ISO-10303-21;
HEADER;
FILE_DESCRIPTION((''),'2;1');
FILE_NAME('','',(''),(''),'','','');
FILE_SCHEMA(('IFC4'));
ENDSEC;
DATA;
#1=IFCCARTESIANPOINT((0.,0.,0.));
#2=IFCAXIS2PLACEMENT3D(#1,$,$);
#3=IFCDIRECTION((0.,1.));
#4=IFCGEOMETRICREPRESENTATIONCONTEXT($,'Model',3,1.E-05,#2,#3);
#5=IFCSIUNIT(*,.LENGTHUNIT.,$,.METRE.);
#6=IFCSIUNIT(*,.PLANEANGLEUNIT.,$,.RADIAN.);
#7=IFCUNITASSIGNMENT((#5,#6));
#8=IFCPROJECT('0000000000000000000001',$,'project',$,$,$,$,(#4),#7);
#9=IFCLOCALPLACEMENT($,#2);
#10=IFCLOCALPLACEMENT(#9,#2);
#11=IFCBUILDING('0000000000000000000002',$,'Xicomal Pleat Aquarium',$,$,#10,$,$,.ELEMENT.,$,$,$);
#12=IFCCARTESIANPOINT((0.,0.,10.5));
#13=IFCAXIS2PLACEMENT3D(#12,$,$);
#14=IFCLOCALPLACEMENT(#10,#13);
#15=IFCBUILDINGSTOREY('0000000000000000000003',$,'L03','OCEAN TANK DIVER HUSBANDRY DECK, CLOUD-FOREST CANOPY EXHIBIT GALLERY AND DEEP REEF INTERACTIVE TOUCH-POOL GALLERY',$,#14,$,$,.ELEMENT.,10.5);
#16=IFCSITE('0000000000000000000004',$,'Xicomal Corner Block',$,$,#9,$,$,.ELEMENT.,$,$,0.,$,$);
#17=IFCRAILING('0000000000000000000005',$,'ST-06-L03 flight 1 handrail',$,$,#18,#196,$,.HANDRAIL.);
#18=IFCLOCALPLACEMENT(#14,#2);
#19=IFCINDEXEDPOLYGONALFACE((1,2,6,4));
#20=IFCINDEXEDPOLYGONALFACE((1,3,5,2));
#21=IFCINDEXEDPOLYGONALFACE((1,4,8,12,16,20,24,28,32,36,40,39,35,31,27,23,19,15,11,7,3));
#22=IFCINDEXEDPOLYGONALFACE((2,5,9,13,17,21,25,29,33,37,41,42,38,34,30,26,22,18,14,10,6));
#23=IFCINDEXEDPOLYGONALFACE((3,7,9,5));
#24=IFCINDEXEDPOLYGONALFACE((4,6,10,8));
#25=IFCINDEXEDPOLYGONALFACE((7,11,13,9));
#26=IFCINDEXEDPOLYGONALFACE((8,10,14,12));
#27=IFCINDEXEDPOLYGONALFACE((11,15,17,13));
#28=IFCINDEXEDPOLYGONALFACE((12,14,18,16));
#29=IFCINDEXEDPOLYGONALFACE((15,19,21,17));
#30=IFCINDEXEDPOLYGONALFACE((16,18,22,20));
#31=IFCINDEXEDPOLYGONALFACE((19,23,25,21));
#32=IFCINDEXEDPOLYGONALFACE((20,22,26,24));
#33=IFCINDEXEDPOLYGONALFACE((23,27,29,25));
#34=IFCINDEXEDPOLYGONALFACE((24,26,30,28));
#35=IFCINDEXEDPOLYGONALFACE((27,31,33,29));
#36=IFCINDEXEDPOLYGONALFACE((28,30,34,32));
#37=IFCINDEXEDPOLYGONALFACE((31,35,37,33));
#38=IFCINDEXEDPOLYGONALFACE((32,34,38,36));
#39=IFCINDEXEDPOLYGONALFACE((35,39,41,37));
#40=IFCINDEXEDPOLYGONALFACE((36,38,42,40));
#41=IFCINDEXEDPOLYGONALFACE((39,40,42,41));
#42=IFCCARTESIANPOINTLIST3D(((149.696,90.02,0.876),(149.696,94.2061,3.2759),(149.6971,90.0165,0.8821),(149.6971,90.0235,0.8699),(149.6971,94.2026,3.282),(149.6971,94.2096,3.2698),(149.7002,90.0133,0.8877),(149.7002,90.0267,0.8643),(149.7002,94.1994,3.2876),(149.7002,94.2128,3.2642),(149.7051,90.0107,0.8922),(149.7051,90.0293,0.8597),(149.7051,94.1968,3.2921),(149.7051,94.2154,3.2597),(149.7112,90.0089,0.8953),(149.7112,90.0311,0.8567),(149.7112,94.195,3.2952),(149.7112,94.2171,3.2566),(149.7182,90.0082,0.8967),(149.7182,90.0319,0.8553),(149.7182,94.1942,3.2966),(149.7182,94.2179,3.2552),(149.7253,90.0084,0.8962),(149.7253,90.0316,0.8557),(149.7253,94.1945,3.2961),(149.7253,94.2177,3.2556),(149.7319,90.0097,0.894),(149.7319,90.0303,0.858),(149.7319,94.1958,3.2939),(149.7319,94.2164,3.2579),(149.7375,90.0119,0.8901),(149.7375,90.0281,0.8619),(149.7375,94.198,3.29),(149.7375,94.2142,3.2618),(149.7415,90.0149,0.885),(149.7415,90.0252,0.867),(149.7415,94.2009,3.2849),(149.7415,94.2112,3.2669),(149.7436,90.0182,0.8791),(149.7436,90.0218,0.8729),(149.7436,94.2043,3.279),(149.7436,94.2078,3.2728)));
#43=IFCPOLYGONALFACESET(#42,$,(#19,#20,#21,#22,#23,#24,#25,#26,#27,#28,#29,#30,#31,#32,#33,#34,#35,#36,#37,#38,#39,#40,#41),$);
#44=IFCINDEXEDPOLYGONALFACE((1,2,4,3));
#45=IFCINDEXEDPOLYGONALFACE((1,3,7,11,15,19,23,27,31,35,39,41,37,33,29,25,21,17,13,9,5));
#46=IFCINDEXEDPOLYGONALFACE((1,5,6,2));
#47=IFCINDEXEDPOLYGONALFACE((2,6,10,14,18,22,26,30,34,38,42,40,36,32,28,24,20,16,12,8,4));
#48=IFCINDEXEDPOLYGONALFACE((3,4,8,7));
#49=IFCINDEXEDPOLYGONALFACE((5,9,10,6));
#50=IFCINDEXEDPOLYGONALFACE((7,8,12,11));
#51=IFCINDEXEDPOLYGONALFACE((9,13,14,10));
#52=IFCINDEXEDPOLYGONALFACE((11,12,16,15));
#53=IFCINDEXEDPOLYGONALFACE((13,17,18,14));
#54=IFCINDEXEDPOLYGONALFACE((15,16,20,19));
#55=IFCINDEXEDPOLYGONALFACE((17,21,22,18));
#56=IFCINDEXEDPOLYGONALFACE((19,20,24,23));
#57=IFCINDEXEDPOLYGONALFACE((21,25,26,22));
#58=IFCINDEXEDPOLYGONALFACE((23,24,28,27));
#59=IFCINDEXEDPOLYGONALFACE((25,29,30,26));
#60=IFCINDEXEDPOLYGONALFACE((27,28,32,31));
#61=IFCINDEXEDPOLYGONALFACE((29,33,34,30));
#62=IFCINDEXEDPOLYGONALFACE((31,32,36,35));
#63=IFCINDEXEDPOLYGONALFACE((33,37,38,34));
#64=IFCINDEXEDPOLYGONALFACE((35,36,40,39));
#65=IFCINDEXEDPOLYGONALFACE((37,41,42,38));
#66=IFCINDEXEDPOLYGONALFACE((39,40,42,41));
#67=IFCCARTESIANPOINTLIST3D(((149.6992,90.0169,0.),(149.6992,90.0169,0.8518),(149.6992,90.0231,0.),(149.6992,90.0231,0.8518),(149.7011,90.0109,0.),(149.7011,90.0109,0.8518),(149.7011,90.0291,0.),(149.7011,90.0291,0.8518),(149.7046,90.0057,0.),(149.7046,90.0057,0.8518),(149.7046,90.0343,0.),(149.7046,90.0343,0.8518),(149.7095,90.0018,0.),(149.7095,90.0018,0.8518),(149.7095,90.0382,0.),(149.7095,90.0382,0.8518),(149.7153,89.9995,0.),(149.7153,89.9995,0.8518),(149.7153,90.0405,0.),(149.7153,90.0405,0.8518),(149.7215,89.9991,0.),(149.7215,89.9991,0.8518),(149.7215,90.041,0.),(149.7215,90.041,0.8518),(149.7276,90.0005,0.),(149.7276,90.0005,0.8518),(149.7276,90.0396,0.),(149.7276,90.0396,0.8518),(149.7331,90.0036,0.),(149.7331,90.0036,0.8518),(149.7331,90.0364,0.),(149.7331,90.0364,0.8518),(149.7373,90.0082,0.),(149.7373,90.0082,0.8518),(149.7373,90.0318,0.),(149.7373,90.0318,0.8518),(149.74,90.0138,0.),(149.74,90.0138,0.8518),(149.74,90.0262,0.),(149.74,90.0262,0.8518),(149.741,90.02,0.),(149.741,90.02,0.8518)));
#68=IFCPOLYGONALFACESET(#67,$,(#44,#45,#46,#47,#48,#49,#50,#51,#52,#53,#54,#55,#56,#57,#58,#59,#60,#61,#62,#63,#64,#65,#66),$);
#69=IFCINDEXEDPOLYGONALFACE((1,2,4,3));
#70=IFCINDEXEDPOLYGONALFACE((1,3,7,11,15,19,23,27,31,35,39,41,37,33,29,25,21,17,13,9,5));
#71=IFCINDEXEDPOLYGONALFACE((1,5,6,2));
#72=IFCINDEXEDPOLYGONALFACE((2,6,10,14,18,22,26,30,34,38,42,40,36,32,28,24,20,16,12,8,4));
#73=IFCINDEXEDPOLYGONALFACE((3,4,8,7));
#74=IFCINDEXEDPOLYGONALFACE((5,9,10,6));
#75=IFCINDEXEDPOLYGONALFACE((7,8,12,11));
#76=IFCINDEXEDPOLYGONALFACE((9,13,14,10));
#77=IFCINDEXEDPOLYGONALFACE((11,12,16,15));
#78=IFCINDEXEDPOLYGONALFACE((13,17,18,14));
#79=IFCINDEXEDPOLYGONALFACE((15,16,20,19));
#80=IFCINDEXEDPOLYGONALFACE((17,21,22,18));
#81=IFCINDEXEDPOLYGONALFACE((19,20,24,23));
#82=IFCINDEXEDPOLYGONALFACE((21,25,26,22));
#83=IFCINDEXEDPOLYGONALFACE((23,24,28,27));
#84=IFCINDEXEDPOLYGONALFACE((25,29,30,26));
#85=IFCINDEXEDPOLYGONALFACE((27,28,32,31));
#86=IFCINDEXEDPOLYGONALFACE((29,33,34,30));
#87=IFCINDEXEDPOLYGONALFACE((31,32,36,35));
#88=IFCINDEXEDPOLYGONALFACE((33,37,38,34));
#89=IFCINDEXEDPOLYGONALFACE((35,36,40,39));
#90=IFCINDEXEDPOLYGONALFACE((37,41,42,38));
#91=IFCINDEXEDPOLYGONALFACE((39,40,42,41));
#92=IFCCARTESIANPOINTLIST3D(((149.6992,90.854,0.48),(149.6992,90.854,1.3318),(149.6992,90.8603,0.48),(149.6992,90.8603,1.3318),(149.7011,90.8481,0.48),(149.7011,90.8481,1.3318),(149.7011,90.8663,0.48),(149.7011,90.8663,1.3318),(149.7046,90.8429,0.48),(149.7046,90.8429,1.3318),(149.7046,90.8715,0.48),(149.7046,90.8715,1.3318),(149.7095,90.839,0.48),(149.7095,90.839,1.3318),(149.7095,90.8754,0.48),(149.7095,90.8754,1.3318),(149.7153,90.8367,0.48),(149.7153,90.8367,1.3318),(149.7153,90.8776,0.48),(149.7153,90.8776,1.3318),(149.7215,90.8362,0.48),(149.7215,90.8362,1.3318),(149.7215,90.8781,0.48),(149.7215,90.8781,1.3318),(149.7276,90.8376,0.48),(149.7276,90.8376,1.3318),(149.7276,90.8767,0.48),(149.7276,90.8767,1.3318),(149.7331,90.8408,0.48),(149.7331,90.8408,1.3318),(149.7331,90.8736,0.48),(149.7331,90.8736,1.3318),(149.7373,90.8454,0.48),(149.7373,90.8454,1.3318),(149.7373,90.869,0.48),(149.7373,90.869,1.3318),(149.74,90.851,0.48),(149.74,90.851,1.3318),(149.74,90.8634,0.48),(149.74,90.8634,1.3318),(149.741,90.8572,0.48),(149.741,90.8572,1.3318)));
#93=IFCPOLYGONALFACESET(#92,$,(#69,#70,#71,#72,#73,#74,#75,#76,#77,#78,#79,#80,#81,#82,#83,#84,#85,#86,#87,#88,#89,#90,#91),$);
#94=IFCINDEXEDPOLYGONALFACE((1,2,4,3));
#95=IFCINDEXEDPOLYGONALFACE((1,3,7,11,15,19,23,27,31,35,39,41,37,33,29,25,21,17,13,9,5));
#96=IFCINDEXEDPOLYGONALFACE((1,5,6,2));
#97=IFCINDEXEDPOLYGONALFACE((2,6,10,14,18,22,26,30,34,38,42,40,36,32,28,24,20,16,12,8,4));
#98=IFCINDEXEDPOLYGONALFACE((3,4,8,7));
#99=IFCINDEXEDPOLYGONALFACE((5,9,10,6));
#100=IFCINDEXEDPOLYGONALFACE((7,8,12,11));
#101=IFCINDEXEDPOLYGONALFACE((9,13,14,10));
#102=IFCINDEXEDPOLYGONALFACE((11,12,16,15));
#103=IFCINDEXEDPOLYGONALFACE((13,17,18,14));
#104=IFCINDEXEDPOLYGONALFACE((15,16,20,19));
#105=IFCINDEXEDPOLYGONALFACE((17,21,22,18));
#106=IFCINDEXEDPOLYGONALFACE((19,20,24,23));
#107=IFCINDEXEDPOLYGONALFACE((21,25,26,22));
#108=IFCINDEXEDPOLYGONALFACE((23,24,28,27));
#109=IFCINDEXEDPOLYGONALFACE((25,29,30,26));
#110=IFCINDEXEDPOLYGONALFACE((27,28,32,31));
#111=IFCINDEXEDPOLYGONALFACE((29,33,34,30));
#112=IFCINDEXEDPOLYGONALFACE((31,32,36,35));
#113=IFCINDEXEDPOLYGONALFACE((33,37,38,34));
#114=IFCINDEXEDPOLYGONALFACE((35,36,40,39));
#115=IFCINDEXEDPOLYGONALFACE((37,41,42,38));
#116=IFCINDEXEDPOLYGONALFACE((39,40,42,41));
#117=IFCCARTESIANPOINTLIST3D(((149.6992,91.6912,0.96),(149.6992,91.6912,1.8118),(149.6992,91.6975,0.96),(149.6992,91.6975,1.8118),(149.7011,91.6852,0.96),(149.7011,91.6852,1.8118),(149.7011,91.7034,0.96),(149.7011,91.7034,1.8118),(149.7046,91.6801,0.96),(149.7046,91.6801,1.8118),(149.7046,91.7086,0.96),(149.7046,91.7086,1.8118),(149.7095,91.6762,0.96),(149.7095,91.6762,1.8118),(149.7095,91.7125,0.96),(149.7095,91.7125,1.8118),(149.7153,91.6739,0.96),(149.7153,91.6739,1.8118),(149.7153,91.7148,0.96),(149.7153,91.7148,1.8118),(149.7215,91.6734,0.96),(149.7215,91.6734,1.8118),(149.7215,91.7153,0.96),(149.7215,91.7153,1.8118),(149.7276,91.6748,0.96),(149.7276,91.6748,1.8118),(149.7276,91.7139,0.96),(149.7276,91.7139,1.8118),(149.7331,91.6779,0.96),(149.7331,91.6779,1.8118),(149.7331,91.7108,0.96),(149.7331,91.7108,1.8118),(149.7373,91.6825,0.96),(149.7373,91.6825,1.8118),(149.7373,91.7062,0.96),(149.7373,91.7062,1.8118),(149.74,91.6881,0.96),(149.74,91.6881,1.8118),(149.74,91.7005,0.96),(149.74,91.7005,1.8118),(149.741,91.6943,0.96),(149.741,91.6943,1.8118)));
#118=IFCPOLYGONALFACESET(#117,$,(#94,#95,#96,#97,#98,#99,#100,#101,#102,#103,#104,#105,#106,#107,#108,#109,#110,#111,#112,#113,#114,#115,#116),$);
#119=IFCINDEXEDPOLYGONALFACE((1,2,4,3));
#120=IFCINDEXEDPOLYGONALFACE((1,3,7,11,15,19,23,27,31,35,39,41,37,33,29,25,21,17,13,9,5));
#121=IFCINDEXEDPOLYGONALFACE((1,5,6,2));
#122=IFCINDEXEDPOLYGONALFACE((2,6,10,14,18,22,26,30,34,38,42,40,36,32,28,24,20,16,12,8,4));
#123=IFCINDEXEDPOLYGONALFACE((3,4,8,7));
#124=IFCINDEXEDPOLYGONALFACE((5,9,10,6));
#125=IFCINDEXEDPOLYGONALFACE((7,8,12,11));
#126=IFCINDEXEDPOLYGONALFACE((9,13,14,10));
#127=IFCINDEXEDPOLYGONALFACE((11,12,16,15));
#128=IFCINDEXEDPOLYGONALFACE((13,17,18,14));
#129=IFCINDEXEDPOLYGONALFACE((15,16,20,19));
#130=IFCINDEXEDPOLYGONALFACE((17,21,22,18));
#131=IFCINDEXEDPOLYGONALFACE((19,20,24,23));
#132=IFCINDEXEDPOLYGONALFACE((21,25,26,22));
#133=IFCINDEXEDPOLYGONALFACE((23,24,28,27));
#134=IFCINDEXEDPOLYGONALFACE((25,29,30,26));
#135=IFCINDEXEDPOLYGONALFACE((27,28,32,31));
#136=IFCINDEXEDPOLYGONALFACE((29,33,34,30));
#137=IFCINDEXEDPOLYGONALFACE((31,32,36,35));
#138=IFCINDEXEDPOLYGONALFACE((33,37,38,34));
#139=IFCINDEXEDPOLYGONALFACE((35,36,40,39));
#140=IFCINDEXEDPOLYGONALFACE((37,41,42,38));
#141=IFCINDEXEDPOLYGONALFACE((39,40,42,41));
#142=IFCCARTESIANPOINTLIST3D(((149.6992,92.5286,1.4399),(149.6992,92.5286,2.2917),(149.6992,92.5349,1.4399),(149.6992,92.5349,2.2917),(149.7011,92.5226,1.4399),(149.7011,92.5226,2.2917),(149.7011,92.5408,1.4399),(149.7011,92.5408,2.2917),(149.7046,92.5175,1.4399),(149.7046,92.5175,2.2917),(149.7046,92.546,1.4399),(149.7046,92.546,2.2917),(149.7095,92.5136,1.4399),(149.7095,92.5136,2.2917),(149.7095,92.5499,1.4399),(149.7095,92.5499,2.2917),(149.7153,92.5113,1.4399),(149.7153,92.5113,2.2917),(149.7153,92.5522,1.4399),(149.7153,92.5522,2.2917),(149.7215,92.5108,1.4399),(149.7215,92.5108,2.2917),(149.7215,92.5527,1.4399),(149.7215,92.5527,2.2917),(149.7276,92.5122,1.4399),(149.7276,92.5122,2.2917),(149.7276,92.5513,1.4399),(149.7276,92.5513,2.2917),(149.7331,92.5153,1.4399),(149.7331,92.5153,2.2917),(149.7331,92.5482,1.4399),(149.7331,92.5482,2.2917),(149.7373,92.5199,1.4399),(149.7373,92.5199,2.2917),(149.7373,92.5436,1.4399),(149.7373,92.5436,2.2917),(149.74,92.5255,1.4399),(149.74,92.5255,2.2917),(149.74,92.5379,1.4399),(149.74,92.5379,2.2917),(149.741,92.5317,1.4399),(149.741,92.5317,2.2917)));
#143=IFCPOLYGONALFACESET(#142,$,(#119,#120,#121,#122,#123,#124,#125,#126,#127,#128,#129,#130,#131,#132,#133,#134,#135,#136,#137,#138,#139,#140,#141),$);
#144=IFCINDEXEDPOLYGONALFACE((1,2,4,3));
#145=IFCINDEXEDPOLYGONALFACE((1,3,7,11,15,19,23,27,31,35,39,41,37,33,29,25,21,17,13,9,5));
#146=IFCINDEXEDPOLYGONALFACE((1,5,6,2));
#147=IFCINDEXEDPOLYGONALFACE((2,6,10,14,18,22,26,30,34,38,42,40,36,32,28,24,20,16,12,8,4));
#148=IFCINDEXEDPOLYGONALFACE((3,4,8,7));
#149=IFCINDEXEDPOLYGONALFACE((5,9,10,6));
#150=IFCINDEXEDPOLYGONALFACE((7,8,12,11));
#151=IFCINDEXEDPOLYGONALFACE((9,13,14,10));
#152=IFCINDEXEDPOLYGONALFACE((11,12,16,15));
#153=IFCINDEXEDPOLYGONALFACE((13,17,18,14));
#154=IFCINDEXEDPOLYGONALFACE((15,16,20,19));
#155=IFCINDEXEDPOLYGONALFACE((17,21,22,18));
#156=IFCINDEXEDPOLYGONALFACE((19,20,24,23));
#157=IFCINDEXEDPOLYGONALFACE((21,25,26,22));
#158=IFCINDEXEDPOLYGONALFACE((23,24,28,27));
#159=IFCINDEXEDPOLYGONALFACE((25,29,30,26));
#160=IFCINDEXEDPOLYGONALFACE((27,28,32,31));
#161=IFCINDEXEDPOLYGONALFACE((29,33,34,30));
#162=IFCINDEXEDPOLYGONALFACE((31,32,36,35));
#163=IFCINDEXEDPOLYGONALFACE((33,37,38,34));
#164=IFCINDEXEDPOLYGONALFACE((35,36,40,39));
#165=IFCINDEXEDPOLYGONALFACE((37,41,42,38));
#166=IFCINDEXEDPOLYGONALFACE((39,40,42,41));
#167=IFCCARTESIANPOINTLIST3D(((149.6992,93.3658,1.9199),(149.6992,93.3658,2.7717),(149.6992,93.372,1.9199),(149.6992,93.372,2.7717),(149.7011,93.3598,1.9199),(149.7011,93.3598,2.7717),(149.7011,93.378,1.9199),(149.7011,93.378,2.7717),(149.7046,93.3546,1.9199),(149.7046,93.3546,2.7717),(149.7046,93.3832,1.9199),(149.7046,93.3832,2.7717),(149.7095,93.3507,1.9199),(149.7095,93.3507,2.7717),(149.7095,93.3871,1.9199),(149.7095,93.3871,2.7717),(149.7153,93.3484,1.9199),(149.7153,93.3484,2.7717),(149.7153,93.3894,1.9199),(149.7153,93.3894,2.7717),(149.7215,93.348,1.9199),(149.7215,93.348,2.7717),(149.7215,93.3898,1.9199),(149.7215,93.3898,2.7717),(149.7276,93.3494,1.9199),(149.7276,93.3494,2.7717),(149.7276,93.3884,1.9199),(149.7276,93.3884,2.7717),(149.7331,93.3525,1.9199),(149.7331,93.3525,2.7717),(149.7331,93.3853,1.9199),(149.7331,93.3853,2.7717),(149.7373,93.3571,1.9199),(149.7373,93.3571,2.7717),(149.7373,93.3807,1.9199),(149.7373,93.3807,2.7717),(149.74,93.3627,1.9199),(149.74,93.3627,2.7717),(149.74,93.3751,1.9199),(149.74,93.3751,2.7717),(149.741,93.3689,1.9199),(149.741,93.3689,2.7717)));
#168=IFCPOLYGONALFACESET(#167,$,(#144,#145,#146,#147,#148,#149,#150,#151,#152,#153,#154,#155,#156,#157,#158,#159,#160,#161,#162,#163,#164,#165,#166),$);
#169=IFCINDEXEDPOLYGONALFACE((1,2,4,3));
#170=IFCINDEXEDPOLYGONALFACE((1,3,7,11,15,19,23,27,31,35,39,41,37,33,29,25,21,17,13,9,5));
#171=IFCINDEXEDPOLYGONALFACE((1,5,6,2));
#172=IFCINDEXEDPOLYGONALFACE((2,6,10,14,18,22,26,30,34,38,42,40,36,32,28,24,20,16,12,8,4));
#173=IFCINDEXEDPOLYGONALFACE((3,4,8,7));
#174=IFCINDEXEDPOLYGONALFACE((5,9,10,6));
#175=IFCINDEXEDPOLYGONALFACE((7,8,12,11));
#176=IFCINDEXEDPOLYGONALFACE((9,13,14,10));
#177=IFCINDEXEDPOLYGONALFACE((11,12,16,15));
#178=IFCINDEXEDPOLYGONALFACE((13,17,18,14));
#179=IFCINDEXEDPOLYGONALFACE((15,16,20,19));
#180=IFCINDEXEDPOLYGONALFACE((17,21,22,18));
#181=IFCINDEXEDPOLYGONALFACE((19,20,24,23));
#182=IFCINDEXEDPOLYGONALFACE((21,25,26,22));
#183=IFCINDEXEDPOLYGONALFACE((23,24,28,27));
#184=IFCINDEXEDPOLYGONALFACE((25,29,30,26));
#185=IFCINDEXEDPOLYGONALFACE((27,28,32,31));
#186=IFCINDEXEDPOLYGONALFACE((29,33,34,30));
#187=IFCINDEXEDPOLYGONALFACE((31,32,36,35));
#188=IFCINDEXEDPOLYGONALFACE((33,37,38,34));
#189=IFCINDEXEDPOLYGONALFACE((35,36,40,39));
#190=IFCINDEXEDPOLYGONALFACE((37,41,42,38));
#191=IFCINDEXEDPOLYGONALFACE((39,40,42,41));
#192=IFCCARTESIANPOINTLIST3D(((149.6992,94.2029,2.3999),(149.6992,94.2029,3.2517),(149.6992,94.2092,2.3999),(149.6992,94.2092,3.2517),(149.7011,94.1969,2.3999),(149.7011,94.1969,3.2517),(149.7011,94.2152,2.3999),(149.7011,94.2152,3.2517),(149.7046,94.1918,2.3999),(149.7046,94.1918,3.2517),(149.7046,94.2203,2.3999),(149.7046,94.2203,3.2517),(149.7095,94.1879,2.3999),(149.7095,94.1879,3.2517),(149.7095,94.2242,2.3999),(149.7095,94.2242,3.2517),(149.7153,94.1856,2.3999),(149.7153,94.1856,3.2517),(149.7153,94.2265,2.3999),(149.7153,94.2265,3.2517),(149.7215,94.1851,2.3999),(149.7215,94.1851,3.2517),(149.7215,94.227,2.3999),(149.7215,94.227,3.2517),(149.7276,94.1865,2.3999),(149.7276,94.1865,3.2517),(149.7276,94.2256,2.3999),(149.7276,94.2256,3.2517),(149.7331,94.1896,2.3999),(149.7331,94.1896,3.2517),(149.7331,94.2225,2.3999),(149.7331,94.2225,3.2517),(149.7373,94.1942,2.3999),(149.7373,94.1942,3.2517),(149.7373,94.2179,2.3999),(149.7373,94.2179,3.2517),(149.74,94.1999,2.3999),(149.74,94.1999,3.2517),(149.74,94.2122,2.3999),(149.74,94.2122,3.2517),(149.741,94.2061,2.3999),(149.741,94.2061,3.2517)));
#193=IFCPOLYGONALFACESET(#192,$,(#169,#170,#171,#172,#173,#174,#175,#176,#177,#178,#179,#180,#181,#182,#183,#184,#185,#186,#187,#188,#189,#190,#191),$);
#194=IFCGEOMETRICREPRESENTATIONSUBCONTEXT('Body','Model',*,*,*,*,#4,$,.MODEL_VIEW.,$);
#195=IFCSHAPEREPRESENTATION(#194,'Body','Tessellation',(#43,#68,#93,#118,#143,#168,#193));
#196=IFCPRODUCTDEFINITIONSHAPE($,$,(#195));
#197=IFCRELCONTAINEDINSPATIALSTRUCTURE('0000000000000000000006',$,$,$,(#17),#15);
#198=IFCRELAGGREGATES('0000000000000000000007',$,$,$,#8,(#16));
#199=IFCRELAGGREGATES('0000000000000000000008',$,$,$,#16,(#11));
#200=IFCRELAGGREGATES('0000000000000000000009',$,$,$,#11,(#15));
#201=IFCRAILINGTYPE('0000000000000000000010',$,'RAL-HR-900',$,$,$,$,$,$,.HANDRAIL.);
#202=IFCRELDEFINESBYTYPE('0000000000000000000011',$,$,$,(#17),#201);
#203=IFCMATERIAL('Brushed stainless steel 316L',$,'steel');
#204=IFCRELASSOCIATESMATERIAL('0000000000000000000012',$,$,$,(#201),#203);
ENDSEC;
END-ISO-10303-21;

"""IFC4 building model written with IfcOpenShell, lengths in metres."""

from ifc_helpers import new_model, si_unit, direction, frame, origin, origin_2d, place, context, subcontext, project, spatial, circle, extrude, material, type_object, element, save


model = new_model("IFC4")

# Units and contexts
model_context = context("Model", 3, precision=1e-05, world=origin(), true_north=direction((0.0, 1.0)))
body_context = subcontext(model_context, "Body", "Model", "MODEL_VIEW")
ifc_project = project(units=[si_unit("LENGTHUNIT", "METRE"), si_unit("PLANEANGLEUNIT", "RADIAN")], contexts=[model_context])

# Site, building, storey
site_placement = place(None, origin())
site = spatial("IfcSite", under=ifc_project, at=site_placement, Name="Xicomal Corner Block", CompositionType="ELEMENT", RefElevation=0.0)
building_placement = place(site_placement, origin())
building = spatial("IfcBuilding", under=site, at=building_placement, Name="Xicomal Pleat Aquarium", CompositionType="ELEMENT")
storey_placement = place(building_placement, frame((0.0, 0.0, 10.5)))
storey = spatial("IfcBuildingStorey", under=building, at=storey_placement, Name="L03", Description="OCEAN TANK DIVER HUSBANDRY DECK, CLOUD-FOREST CANOPY EXHIBIT GALLERY AND DEEP REEF INTERACTIVE TOUCH-POOL GALLERY", CompositionType="ELEMENT", Elevation=10.5)

# Railing
ifc_material_1 = material(Name="Brushed stainless steel 316L", Category="steel")
railing_type_1 = type_object("IfcRailingType", Name="RAL-HR-900", PredefinedType="HANDRAIL", material=ifc_material_1)
railing_1_placement = place(storey_placement, frame((149.72, 90.02, 0.0)))
element("IfcRailing", 1, at=railing_1_placement, inside=storey, type_object=railing_type_1, Name="ST-06-L03 flight 1 handrail", PredefinedType="HANDRAIL", context=body_context, shape_type="SweptSolid", body=[
    extrude(circle(Radius=0.0239, at=origin_2d()), frame((0.0, 0.0, 0.876), z_axis=(0.0, 0.867539, 0.49737), x_axis=(-1.0, 0.0, 0.0)), (0.0, 0.0, 1.0), 4.8252),
    extrude(circle(Radius=0.021, at=origin_2d()), origin(), (0.0, 0.0, 1.0), 0.8518),
    extrude(circle(Radius=0.021, at=origin_2d()), frame((0.0, 0.8372, 0.48)), (0.0, 0.0, 1.0), 0.8518),
    extrude(circle(Radius=0.021, at=origin_2d()), frame((0.0, 1.6743, 0.96)), (0.0, 0.0, 1.0), 0.8518),
    extrude(circle(Radius=0.021, at=origin_2d()), frame((0.0, 2.5117, 1.4399)), (0.0, 0.0, 1.0), 0.8518),
    extrude(circle(Radius=0.021, at=origin_2d()), frame((0.0, 3.3489, 1.9199)), (0.0, 0.0, 1.0), 0.8518),
    extrude(circle(Radius=0.021, at=origin_2d()), frame((0.0, 4.186, 2.3999)), (0.0, 0.0, 1.0), 0.8518),
])

save(model, "model.ifc")
